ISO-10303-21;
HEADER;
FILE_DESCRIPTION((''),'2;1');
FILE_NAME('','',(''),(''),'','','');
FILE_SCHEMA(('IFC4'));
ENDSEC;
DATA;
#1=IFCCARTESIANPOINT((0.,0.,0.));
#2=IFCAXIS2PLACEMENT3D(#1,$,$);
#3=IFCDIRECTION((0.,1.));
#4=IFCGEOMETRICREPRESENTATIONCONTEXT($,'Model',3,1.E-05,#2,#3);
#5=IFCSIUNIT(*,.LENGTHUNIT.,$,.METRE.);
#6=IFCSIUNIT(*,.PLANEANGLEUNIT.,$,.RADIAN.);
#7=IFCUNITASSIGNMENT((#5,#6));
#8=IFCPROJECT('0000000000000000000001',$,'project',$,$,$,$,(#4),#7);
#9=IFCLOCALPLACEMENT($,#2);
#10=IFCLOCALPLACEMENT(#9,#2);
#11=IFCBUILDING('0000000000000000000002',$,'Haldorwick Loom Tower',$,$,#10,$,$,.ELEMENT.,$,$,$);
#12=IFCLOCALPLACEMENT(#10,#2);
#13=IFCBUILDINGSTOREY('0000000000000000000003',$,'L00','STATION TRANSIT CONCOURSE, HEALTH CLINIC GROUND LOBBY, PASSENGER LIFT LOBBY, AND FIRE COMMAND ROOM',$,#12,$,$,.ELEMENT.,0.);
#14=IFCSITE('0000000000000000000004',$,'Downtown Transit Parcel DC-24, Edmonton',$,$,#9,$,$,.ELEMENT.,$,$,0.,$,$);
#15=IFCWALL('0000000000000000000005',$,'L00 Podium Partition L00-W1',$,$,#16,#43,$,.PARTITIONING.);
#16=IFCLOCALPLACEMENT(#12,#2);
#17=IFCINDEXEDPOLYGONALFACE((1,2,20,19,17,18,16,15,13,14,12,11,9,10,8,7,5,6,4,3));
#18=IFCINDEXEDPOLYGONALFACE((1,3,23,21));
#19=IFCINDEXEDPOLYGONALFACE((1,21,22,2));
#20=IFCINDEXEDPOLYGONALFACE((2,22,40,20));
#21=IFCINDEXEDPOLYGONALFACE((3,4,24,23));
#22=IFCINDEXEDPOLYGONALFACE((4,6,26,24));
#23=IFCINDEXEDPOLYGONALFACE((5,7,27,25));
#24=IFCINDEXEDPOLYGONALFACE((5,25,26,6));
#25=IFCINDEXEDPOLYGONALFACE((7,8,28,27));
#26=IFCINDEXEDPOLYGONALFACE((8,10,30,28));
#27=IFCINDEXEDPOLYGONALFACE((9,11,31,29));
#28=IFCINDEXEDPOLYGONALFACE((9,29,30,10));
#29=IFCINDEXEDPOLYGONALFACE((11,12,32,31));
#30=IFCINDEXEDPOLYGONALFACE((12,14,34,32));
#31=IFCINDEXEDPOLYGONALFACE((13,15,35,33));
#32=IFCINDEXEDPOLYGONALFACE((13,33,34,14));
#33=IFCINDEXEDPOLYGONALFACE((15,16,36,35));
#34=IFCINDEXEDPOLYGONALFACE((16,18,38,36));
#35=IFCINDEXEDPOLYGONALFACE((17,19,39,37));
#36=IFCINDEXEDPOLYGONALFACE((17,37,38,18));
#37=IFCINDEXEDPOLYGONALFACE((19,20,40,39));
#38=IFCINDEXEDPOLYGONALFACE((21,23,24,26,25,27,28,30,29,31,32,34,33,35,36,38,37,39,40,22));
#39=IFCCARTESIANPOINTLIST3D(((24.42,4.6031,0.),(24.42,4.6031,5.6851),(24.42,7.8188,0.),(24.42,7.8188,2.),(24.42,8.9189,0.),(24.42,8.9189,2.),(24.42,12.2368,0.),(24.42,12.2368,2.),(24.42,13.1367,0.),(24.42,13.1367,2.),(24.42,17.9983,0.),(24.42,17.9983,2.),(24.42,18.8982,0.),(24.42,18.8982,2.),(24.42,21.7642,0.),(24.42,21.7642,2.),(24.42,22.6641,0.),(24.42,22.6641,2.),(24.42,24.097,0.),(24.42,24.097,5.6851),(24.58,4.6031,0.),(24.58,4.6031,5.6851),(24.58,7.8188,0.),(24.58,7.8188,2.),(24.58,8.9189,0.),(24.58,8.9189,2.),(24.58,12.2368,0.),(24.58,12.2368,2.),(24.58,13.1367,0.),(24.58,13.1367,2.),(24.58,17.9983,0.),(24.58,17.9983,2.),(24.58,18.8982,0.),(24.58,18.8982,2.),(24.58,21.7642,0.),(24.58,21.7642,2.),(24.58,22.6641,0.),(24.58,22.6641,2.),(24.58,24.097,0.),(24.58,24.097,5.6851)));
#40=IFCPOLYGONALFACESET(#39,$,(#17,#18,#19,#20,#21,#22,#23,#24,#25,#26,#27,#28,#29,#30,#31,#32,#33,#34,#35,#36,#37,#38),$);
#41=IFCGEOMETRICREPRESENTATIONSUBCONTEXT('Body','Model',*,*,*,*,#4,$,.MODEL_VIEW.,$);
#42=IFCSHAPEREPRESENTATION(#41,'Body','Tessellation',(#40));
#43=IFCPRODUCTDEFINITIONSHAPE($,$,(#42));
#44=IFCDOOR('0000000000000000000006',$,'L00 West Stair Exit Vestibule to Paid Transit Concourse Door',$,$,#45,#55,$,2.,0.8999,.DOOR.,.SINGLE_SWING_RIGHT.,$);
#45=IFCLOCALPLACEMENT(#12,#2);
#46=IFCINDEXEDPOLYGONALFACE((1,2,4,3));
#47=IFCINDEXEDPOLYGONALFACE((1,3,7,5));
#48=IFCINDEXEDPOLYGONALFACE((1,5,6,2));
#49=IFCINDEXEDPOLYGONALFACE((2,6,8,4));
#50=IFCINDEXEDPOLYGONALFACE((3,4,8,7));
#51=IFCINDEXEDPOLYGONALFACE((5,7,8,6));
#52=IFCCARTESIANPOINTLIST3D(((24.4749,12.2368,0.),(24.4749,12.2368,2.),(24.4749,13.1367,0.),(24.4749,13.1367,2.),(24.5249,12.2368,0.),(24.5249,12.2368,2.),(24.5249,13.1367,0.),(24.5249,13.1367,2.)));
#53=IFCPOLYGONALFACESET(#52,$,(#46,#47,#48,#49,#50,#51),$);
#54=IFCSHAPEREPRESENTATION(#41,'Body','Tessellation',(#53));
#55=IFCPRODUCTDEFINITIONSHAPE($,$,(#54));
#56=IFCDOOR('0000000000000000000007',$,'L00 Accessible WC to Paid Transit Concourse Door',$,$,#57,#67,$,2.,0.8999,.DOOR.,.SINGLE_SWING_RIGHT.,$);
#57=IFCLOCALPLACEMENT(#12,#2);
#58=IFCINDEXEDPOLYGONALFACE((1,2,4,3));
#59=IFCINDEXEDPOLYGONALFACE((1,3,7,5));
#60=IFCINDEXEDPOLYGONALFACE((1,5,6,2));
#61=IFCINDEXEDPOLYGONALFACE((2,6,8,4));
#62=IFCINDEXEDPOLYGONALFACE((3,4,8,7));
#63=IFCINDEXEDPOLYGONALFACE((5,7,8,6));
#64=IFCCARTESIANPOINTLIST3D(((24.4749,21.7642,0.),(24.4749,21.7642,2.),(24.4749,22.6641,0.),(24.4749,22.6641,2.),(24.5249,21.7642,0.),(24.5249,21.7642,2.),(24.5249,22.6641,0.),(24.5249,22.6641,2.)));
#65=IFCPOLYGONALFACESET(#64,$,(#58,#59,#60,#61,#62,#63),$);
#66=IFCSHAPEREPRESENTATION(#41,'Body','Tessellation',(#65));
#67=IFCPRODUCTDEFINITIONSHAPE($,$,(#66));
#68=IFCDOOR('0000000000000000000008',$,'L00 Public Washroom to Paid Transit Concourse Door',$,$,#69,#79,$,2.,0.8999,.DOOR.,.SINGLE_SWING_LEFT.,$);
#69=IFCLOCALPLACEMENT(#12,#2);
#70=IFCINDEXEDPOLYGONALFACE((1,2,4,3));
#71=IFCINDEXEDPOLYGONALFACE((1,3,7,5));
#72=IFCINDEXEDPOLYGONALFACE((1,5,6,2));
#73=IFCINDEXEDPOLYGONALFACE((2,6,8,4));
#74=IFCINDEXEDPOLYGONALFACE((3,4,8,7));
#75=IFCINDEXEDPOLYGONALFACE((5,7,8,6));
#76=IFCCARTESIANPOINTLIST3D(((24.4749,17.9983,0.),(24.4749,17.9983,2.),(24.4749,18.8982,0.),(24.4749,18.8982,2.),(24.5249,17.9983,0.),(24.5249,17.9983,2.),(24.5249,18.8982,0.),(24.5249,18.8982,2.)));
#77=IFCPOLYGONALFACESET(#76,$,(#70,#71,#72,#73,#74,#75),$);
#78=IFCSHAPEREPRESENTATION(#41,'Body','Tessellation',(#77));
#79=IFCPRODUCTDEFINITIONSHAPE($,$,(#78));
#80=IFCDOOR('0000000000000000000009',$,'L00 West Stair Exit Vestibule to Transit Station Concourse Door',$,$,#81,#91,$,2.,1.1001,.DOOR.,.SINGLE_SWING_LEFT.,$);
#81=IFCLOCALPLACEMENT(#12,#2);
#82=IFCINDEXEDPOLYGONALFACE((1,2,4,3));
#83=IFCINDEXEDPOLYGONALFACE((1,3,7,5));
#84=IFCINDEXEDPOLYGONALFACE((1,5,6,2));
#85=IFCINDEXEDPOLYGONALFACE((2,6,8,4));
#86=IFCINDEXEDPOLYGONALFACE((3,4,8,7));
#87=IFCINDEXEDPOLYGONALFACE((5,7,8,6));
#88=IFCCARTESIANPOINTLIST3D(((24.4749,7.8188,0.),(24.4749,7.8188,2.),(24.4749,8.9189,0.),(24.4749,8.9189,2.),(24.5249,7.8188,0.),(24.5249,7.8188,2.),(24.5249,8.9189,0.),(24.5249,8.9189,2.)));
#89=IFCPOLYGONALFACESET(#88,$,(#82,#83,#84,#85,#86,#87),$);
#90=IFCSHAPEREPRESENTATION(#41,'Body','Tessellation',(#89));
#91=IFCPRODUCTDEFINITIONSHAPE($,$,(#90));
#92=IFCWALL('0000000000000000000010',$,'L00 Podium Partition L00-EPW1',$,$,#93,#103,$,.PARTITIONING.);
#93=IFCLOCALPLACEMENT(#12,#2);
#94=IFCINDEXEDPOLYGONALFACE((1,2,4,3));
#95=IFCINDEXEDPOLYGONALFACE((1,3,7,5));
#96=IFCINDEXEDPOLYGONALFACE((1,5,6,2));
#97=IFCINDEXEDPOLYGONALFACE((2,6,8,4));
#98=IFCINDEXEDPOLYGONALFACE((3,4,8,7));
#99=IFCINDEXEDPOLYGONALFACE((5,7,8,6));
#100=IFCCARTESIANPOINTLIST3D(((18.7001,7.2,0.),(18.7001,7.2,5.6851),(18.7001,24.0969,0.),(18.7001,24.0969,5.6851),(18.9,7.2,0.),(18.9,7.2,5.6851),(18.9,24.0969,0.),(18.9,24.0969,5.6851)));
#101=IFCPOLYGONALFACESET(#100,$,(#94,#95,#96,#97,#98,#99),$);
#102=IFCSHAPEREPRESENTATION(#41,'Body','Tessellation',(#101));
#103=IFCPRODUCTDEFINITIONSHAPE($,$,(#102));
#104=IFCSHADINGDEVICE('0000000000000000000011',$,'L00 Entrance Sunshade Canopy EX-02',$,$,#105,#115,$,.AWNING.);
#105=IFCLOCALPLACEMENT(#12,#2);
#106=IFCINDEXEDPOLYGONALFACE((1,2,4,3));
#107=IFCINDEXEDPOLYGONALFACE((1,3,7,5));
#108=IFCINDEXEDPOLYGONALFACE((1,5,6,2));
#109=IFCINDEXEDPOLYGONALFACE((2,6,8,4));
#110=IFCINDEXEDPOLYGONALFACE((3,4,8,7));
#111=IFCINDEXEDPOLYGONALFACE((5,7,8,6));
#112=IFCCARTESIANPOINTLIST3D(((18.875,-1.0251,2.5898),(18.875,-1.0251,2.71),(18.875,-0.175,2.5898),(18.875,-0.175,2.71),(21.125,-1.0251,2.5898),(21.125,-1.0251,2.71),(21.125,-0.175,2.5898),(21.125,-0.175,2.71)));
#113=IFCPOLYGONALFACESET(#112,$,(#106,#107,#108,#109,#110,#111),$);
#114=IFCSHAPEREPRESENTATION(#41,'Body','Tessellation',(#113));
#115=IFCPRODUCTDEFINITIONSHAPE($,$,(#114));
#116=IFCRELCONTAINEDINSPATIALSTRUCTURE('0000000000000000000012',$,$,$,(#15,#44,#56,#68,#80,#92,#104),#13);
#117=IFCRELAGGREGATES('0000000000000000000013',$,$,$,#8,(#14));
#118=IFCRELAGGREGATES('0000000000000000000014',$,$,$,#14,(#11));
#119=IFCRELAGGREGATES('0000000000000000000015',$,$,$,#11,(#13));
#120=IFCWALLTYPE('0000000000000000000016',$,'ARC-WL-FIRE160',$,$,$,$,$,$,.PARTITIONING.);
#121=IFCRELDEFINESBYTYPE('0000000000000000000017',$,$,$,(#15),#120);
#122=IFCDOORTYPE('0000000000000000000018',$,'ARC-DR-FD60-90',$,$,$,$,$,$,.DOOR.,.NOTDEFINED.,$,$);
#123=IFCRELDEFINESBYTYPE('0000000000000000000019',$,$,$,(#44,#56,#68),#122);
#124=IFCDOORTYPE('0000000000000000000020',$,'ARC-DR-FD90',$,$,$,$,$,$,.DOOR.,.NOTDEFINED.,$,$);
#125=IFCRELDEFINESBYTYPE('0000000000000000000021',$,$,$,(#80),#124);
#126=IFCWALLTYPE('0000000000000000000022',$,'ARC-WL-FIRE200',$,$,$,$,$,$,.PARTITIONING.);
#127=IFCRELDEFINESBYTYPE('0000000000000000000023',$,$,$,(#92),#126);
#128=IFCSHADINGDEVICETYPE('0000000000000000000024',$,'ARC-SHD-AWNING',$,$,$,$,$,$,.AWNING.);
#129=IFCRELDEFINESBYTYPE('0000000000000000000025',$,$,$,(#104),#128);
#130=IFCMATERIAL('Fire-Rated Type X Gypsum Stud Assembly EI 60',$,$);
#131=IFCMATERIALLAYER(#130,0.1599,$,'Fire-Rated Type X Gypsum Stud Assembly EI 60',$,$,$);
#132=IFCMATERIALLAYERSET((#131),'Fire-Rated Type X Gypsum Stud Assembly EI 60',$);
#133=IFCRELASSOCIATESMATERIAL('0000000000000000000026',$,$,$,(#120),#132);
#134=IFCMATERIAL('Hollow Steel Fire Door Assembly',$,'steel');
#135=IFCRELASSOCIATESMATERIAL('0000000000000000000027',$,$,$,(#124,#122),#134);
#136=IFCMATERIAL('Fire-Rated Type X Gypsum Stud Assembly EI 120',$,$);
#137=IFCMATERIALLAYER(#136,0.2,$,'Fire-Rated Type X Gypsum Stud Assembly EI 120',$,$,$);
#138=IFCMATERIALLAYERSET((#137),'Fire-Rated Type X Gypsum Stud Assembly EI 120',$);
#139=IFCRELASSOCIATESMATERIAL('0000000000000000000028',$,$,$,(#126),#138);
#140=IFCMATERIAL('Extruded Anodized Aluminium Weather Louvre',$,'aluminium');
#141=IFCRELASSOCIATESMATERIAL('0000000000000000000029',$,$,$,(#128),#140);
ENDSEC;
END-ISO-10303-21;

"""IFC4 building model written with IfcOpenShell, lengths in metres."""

from ifc_helpers import new_model, si_unit, direction, frame, frame_2d, origin, origin_2d, place, context, subcontext, project, spatial, rectangle, extrude, material, layer, layer_set, type_object, element, fill, save


model = new_model("IFC4")

# Units and contexts
model_context = context("Model", 3, precision=1e-05, world=origin(), true_north=direction((0.0, 1.0)))
body_context = subcontext(model_context, "Body", "Model", "MODEL_VIEW")
ifc_project = project(units=[si_unit("LENGTHUNIT", "METRE"), si_unit("PLANEANGLEUNIT", "RADIAN")], contexts=[model_context])

# Site, building, storey
site_placement = place(None, origin())
site = spatial("IfcSite", under=ifc_project, at=site_placement, Name="Downtown Transit Parcel DC-24, Edmonton", CompositionType="ELEMENT", RefElevation=0.0)
building_placement = place(site_placement, origin())
building = spatial("IfcBuilding", under=site, at=building_placement, Name="Haldorwick Loom Tower", CompositionType="ELEMENT")
storey_placement = place(building_placement, origin())
storey = spatial("IfcBuildingStorey", under=building, at=storey_placement, Name="L00", Description="STATION TRANSIT CONCOURSE, HEALTH CLINIC GROUND LOBBY, PASSENGER LIFT LOBBY, AND FIRE COMMAND ROOM", CompositionType="ELEMENT", Elevation=0.0)

# Shared definitions
ifc_material_1 = material(Name="Fire-Rated Type X Gypsum Stud Assembly EI 60")
ifc_layer_1 = layer(ifc_material_1, 0.1599, Name="Fire-Rated Type X Gypsum Stud Assembly EI 60")
ifc_layer_set_1 = layer_set([ifc_layer_1], Name="Fire-Rated Type X Gypsum Stud Assembly EI 60")
wall_type_1 = type_object("IfcWallType", Name="ARC-WL-FIRE160", PredefinedType="PARTITIONING", material=ifc_layer_set_1)
ifc_material_2 = material(Name="Hollow Steel Fire Door Assembly", Category="steel")
door_type_1 = type_object("IfcDoorType", Name="ARC-DR-FD90", OperationType="NOTDEFINED", PredefinedType="DOOR", material=ifc_material_2)

# Wall, openings, doors
wall_1_placement = place(storey_placement, frame((24.5, 4.603, 0.0), z_axis=(0.0, 0.0, 1.0), x_axis=(0.0, 1.0, 0.0)))
wall_1 = element("IfcWall", 1, at=wall_1_placement, inside=storey, type_object=wall_type_1, Name="L00 Podium Partition L00-W1", PredefinedType="PARTITIONING", context=body_context, shape_type="SweptSolid", body=[
    extrude(rectangle(XDim=19.4939, YDim=0.1599, at=frame_2d((9.7471, 0.0))), origin(), (0.0, 0.0, 1.0), 5.6851),
])
opening_1_placement = place(wall_1_placement, frame((3.2158, 0.0, 0.0)))
opening_1 = element("IfcOpeningElement", 2, at=opening_1_placement, cuts=wall_1, PredefinedType="OPENING", context=body_context, shape_type="SweptSolid", body=[
    extrude(rectangle(XDim=1.1001, YDim=2.0, at=frame_2d((0.55, 1.0))), frame((0.0, 0.0898, 0.0), z_axis=(0.0, -1.0, 0.0), x_axis=(1.0, 0.0, 0.0)), (0.0, 0.0, 1.0), 0.1799),
])
opening_2_placement = place(wall_1_placement, frame((7.6338, 0.0, 0.0)))
opening_2 = element("IfcOpeningElement", 3, at=opening_2_placement, cuts=wall_1, PredefinedType="OPENING", context=body_context, shape_type="SweptSolid", body=[
    extrude(rectangle(XDim=0.8999, YDim=2.0, at=frame_2d((0.45, 1.0))), frame((0.0, 0.0898, 0.0), z_axis=(0.0, -1.0, 0.0), x_axis=(1.0, 0.0, 0.0)), (0.0, 0.0, 1.0), 0.1799),
])
opening_3_placement = place(wall_1_placement, frame((17.1611, 0.0, 0.0)))
opening_3 = element("IfcOpeningElement", 4, at=opening_3_placement, cuts=wall_1, PredefinedType="OPENING", context=body_context, shape_type="SweptSolid", body=[
    extrude(rectangle(XDim=0.8999, YDim=2.0, at=frame_2d((0.45, 1.0))), frame((0.0, 0.0898, 0.0), z_axis=(0.0, -1.0, 0.0), x_axis=(1.0, 0.0, 0.0)), (0.0, 0.0, 1.0), 0.1799),
])
opening_4_placement = place(wall_1_placement, frame((13.3953, 0.0, 0.0)))
opening_4 = element("IfcOpeningElement", 5, at=opening_4_placement, cuts=wall_1, PredefinedType="OPENING", context=body_context, shape_type="SweptSolid", body=[
    extrude(rectangle(XDim=0.8999, YDim=2.0, at=frame_2d((0.45, 1.0))), frame((0.0, 0.0898, 0.0), z_axis=(0.0, -1.0, 0.0), x_axis=(1.0, 0.0, 0.0)), (0.0, 0.0, 1.0), 0.1799),
])
door_type_2 = type_object("IfcDoorType", Name="ARC-DR-FD60-90", OperationType="NOTDEFINED", PredefinedType="DOOR", material=ifc_material_2)
door_1_placement = place(opening_2_placement, frame((0.8999, 0.0, 0.0), z_axis=(0.0, 0.0, 1.0), x_axis=(-1.0, 0.0, 0.0)))
door_1 = element("IfcDoor", 6, at=door_1_placement, inside=storey, type_object=door_type_2, Name="L00 West Stair Exit Vestibule to Paid Transit Concourse Door", OperationType="SINGLE_SWING_RIGHT", OverallHeight=2.0, OverallWidth=0.8999, PredefinedType="DOOR", context=body_context, shape_type="SweptSolid", body=[
    extrude(rectangle(XDim=0.8999, YDim=2.0, at=frame_2d((0.45, 1.0))), frame((0.0, 0.0249, 0.0), z_axis=(0.0, -1.0, 0.0), x_axis=(1.0, 0.0, 0.0)), (0.0, 0.0, 1.0), 0.05),
])
fill(opening_2, door_1)
door_2_placement = place(opening_3_placement, frame((0.8999, 0.0, 0.0), z_axis=(0.0, 0.0, 1.0), x_axis=(-1.0, 0.0, 0.0)))
door_2 = element("IfcDoor", 7, at=door_2_placement, inside=storey, type_object=door_type_2, Name="L00 Accessible WC to Paid Transit Concourse Door", OperationType="SINGLE_SWING_RIGHT", OverallHeight=2.0, OverallWidth=0.8999, PredefinedType="DOOR", context=body_context, shape_type="SweptSolid", body=[
    extrude(rectangle(XDim=0.8999, YDim=2.0, at=frame_2d((0.45, 1.0))), frame((0.0, 0.0249, 0.0), z_axis=(0.0, -1.0, 0.0), x_axis=(1.0, 0.0, 0.0)), (0.0, 0.0, 1.0), 0.05),
])
fill(opening_3, door_2)
door_3_placement = place(opening_4_placement, frame((0.8999, 0.0, 0.0), z_axis=(0.0, 0.0, 1.0), x_axis=(-1.0, 0.0, 0.0)))
door_3 = element("IfcDoor", 8, at=door_3_placement, inside=storey, type_object=door_type_2, Name="L00 Public Washroom to Paid Transit Concourse Door", OperationType="SINGLE_SWING_LEFT", OverallHeight=2.0, OverallWidth=0.8999, PredefinedType="DOOR", context=body_context, shape_type="SweptSolid", body=[
    extrude(rectangle(XDim=0.8999, YDim=2.0, at=frame_2d((0.45, 1.0))), frame((0.0, 0.0249, 0.0), z_axis=(0.0, -1.0, 0.0), x_axis=(1.0, 0.0, 0.0)), (0.0, 0.0, 1.0), 0.05),
])
fill(opening_4, door_3)
door_4_placement = place(opening_1_placement, frame((1.1001, 0.0, 0.0), z_axis=(0.0, 0.0, 1.0), x_axis=(-1.0, 0.0, 0.0)))
door_4 = element("IfcDoor", 9, at=door_4_placement, inside=storey, type_object=door_type_1, Name="L00 West Stair Exit Vestibule to Transit Station Concourse Door", OperationType="SINGLE_SWING_LEFT", OverallHeight=2.0, OverallWidth=1.1001, PredefinedType="DOOR", context=body_context, shape_type="SweptSolid", body=[
    extrude(rectangle(XDim=1.1001, YDim=2.0, at=frame_2d((0.55, 1.0))), frame((0.0, 0.0249, 0.0), z_axis=(0.0, -1.0, 0.0), x_axis=(1.0, 0.0, 0.0)), (0.0, 0.0, 1.0), 0.05),
])
fill(opening_1, door_4)

# Wall
ifc_material_3 = material(Name="Fire-Rated Type X Gypsum Stud Assembly EI 120")
ifc_layer_2 = layer(ifc_material_3, 0.2, Name="Fire-Rated Type X Gypsum Stud Assembly EI 120")
ifc_layer_set_2 = layer_set([ifc_layer_2], Name="Fire-Rated Type X Gypsum Stud Assembly EI 120")
wall_type_2 = type_object("IfcWallType", Name="ARC-WL-FIRE200", PredefinedType="PARTITIONING", material=ifc_layer_set_2)
wall_2_placement = place(storey_placement, frame((18.8, 7.2, 0.0), z_axis=(0.0, 0.0, 1.0), x_axis=(0.0, 1.0, 0.0)))
element("IfcWall", 10, at=wall_2_placement, inside=storey, type_object=wall_type_2, Name="L00 Podium Partition L00-EPW1", PredefinedType="PARTITIONING", context=body_context, shape_type="SweptSolid", body=[
    extrude(rectangle(XDim=16.897, YDim=0.2, at=frame_2d((8.4485, 0.0))), origin(), (0.0, 0.0, 1.0), 5.6851),
])

# Shading device
ifc_material_4 = material(Name="Extruded Anodized Aluminium Weather Louvre", Category="aluminium")
shading_device_type = type_object("IfcShadingDeviceType", Name="ARC-SHD-AWNING", PredefinedType="AWNING", material=ifc_material_4)
shading_device_placement = place(storey_placement, frame((20.0, -0.6001, 2.5898), z_axis=(0.0, 0.0, 1.0), x_axis=(1.0, 0.0, 0.0)))
element("IfcShadingDevice", 11, at=shading_device_placement, inside=storey, type_object=shading_device_type, Name="L00 Entrance Sunshade Canopy EX-02", PredefinedType="AWNING", context=body_context, shape_type="SweptSolid", body=[
    extrude(rectangle(XDim=2.25, YDim=0.8501, at=origin_2d()), origin(), (0.0, 0.0, 1.0), 0.1201),
])

save(model, "model.ifc")
